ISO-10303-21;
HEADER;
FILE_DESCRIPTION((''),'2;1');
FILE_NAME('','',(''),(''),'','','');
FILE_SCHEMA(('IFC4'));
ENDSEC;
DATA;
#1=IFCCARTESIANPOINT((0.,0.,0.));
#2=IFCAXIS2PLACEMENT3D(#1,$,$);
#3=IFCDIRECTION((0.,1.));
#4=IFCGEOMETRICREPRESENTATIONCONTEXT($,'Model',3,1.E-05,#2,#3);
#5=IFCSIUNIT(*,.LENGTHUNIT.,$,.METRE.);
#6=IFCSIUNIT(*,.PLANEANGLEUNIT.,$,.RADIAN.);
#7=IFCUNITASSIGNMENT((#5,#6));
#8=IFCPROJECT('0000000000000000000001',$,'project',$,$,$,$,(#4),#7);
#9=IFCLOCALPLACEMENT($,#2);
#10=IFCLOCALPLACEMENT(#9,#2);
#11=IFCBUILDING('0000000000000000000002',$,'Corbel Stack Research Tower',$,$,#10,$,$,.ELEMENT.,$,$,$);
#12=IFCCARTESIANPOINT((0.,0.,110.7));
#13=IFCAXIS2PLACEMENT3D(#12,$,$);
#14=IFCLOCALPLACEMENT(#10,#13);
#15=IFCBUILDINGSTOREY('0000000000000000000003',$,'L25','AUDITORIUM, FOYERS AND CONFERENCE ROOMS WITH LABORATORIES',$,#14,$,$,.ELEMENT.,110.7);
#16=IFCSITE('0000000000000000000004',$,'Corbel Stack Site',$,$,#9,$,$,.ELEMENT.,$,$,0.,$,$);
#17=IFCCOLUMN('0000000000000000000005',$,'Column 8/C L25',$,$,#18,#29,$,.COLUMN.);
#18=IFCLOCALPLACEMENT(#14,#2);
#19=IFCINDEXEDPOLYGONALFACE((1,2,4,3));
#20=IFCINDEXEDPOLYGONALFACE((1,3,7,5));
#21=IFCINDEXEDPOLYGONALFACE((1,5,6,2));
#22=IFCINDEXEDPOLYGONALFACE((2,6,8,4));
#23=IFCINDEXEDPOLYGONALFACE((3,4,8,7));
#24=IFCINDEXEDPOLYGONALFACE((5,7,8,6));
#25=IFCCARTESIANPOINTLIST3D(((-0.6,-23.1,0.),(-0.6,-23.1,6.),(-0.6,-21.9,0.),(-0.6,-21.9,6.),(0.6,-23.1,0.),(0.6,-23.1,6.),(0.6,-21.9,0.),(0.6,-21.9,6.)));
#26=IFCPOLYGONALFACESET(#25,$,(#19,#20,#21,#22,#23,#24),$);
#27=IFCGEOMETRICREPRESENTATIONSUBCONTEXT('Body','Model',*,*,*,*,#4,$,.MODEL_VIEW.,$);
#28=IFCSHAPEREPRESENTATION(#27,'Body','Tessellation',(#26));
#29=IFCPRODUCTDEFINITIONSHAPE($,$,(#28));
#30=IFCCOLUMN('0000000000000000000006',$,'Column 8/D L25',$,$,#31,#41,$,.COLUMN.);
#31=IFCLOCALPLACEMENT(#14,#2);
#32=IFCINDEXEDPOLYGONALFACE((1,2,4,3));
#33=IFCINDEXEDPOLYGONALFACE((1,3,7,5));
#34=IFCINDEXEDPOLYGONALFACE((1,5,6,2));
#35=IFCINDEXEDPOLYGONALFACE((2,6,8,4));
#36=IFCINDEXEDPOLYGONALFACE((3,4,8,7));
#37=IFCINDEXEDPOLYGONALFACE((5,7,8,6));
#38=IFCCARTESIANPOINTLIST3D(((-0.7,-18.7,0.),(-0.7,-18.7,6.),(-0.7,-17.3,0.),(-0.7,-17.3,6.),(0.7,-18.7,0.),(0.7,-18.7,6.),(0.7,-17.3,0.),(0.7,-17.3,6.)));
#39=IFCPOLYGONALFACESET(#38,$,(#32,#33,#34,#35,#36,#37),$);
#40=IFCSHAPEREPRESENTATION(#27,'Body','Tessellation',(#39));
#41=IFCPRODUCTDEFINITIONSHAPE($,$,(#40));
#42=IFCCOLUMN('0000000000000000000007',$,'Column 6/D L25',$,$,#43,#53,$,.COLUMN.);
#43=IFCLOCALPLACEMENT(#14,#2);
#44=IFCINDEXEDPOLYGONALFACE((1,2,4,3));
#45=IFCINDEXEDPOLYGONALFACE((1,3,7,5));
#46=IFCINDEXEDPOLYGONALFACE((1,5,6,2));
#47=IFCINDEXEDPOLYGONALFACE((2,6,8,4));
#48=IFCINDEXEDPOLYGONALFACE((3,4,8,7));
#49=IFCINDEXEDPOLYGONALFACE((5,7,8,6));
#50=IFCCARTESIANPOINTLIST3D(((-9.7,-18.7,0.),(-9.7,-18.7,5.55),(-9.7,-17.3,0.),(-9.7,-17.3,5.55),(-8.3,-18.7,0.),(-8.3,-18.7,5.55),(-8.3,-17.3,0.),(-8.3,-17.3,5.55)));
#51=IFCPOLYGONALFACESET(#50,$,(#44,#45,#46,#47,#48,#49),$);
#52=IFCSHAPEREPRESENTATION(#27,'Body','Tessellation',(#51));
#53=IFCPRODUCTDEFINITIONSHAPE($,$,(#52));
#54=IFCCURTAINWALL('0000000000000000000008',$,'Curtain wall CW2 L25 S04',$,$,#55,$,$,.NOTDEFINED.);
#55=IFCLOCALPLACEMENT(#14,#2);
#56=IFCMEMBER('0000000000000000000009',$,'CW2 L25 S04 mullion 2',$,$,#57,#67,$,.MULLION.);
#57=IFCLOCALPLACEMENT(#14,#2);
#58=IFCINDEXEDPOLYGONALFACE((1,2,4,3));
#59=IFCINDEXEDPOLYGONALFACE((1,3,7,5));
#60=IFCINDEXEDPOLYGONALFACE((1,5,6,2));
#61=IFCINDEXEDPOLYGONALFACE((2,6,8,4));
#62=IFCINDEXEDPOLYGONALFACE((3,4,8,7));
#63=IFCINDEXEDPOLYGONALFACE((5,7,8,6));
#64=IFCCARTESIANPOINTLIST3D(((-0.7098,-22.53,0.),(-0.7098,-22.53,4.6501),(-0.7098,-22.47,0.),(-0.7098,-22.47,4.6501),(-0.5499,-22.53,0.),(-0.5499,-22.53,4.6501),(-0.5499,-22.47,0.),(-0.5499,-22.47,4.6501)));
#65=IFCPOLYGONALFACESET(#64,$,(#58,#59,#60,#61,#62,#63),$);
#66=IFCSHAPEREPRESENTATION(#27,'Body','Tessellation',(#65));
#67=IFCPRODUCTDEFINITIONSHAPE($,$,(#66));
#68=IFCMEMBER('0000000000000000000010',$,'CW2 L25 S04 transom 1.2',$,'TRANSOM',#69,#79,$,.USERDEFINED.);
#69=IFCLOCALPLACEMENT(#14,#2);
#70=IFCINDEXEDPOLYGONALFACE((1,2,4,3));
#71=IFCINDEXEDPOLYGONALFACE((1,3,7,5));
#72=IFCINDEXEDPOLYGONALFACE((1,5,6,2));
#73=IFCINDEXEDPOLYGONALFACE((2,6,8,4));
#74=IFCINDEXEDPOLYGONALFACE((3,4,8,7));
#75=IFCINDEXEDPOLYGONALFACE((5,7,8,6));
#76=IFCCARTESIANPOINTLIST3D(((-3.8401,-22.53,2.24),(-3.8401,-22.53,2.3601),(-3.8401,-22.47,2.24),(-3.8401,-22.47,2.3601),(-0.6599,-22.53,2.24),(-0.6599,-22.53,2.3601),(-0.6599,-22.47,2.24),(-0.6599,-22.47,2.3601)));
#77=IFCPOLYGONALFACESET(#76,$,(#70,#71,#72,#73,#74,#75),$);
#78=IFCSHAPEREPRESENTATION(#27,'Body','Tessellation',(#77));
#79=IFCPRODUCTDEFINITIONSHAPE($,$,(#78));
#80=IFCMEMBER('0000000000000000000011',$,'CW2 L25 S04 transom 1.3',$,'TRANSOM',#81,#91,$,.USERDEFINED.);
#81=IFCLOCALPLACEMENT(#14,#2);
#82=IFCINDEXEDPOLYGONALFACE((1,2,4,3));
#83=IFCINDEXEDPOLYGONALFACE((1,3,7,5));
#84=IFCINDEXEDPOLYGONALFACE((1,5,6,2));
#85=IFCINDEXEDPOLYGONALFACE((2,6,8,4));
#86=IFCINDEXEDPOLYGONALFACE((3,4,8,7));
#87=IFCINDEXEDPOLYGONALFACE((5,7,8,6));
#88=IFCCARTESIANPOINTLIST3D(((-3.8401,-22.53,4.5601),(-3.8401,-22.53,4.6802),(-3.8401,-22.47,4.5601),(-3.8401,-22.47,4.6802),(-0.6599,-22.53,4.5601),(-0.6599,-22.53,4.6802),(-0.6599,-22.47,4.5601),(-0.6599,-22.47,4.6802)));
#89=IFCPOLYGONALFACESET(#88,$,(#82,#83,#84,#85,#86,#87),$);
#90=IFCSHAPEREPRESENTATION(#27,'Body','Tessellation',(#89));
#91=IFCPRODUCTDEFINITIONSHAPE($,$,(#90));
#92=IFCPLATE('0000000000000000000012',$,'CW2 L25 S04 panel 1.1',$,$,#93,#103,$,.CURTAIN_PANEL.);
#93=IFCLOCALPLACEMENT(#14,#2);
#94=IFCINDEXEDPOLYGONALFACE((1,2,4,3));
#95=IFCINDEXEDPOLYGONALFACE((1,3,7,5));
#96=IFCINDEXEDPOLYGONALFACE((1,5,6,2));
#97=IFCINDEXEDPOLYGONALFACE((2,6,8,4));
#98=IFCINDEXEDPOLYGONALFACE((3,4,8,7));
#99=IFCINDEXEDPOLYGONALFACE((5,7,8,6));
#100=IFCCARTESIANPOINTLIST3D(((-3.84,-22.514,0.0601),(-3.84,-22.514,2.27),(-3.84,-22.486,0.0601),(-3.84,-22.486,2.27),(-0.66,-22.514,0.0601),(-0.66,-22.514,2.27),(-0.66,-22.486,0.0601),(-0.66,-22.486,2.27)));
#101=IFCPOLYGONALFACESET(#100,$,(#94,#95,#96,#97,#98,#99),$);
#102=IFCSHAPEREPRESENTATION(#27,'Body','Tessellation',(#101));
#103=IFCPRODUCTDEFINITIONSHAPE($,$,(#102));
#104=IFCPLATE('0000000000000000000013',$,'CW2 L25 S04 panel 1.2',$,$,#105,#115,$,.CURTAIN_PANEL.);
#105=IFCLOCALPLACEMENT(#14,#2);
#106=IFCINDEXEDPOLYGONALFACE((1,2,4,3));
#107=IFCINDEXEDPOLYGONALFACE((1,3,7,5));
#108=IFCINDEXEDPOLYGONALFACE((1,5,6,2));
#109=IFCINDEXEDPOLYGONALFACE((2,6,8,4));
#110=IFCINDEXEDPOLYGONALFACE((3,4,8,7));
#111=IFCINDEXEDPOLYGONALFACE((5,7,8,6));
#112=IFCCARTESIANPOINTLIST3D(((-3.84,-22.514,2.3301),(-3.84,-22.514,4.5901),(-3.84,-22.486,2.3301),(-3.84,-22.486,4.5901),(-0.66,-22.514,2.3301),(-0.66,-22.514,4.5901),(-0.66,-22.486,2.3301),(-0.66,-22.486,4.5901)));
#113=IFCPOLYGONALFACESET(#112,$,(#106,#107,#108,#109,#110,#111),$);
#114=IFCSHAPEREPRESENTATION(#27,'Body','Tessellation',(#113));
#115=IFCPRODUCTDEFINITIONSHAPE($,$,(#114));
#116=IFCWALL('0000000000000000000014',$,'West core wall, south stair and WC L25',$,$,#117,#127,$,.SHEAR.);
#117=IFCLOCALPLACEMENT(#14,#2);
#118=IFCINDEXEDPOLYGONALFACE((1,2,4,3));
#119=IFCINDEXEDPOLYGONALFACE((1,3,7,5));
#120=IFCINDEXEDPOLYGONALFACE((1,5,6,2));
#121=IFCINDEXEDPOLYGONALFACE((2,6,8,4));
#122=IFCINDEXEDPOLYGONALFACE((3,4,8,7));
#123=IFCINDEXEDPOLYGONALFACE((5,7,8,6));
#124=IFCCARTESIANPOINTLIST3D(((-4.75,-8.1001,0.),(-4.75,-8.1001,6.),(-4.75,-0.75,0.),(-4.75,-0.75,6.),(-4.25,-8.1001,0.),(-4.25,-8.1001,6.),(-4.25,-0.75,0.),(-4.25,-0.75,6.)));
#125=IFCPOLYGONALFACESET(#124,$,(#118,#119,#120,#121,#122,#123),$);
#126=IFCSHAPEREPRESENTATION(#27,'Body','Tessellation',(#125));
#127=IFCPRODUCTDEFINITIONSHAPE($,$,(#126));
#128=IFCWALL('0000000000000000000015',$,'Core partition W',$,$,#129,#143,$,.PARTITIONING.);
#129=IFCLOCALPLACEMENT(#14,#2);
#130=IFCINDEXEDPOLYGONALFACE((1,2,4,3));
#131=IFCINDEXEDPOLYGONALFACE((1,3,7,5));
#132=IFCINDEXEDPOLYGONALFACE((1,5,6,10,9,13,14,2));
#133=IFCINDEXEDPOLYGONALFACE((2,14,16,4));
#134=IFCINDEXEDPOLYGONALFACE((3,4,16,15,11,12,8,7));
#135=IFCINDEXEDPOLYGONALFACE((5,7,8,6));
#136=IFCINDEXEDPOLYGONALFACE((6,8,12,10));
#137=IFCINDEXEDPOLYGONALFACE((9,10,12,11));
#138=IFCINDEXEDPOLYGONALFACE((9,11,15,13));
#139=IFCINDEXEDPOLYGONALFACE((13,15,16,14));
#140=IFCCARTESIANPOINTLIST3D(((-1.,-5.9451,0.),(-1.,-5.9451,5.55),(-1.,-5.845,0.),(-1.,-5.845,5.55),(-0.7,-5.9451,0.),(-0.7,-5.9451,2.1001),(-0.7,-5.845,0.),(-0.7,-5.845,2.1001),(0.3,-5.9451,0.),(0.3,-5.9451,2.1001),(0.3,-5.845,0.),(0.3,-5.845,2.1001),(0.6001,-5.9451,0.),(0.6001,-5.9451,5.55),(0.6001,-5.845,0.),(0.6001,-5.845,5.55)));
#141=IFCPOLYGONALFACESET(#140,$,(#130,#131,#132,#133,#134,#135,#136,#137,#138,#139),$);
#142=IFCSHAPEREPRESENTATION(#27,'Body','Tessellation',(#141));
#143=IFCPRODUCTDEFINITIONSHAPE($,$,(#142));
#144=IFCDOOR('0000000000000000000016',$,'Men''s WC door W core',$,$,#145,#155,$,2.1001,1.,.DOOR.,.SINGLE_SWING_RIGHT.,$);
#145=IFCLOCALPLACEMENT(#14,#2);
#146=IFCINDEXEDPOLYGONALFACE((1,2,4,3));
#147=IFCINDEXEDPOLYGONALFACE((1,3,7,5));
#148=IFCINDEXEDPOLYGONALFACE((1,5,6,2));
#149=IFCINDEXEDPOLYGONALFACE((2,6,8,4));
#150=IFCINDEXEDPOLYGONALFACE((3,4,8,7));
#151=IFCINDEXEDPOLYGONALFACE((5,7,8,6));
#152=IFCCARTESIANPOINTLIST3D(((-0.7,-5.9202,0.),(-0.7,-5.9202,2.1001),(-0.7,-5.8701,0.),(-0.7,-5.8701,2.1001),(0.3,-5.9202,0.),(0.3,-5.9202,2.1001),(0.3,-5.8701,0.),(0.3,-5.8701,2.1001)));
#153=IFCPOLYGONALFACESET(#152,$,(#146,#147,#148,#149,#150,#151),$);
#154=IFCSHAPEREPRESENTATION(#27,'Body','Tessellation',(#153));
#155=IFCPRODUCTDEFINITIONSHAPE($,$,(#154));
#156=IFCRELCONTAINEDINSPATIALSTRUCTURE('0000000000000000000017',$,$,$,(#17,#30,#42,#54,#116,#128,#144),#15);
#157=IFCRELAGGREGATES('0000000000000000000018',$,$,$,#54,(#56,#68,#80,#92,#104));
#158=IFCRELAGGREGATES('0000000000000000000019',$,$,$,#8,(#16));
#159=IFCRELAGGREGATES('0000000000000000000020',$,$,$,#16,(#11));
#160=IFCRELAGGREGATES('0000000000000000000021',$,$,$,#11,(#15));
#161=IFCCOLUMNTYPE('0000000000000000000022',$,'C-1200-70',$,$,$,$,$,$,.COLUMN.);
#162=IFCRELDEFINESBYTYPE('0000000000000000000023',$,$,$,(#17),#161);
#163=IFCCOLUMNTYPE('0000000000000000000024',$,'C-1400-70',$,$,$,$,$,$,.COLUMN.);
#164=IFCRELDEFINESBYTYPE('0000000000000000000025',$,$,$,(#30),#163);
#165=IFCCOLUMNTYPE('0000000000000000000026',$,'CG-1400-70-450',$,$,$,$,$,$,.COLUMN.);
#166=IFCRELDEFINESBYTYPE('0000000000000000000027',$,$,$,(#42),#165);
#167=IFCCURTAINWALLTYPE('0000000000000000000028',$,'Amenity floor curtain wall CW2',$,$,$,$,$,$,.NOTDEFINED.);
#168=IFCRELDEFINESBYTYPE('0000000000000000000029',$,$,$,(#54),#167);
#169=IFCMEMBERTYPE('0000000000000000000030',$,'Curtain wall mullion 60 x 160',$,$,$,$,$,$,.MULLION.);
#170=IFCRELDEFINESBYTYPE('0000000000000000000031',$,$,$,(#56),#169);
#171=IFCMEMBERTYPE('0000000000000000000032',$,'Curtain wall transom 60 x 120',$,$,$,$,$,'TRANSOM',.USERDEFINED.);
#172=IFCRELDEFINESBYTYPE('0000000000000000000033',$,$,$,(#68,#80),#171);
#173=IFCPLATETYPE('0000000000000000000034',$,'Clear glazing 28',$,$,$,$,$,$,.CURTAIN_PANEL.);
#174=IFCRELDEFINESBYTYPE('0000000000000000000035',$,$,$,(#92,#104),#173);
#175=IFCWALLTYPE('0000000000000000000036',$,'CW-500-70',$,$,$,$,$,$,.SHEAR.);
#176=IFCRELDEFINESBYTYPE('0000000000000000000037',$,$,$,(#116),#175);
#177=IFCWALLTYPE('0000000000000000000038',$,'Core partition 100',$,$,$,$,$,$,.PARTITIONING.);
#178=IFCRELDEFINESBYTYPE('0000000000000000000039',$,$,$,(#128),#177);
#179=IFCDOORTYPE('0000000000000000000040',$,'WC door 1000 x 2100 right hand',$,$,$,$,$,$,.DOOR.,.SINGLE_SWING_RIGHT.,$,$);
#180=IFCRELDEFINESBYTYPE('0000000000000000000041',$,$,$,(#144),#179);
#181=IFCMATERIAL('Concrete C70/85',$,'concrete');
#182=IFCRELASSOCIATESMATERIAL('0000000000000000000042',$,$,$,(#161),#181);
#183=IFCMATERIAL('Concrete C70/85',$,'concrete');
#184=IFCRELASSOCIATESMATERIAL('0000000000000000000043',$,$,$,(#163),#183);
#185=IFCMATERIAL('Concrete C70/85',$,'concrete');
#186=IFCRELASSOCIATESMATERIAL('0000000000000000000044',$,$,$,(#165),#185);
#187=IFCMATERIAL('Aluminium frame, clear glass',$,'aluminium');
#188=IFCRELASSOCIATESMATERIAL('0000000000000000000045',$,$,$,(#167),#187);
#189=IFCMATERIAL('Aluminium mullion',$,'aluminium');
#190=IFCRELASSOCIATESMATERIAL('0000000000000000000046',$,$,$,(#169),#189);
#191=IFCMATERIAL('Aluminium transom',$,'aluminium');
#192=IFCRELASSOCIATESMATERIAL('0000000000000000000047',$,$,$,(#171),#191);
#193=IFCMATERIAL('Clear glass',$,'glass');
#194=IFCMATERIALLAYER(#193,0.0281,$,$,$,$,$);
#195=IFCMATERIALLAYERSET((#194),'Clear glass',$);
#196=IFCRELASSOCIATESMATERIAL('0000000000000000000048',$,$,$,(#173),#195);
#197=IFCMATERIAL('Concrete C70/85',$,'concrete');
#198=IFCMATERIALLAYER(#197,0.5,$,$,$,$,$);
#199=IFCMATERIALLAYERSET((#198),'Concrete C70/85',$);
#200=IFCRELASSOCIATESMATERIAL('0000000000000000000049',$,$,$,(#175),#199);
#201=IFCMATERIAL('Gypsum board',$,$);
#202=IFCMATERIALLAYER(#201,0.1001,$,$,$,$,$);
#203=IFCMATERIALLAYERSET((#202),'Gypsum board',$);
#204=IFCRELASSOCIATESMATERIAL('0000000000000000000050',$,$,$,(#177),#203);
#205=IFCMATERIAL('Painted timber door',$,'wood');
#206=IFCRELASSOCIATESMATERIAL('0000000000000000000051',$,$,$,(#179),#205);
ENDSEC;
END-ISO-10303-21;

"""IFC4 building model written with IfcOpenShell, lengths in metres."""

from ifc_helpers import new_model, si_unit, direction, frame, frame_2d, origin, origin_2d, place, context, subcontext, project, spatial, rectangle, extrude, material, layer, layer_set, material_profile, profile_set, type_object, element, fill, aggregate, save


model = new_model("IFC4")

# Units and contexts
model_context = context("Model", 3, precision=1e-05, world=origin(), true_north=direction((0.0, 1.0)))
body_context = subcontext(model_context, "Body", "Model", "MODEL_VIEW")
ifc_project = project(units=[si_unit("LENGTHUNIT", "METRE"), si_unit("PLANEANGLEUNIT", "RADIAN")], contexts=[model_context])

# Site, building, storey
site_placement = place(None, origin())
site = spatial("IfcSite", under=ifc_project, at=site_placement, Name="Corbel Stack Site", CompositionType="ELEMENT", RefElevation=0.0)
building_placement = place(site_placement, origin())
building = spatial("IfcBuilding", under=site, at=building_placement, Name="Corbel Stack Research Tower", CompositionType="ELEMENT")
storey_placement = place(building_placement, frame((0.0, 0.0, 110.7)))
storey = spatial("IfcBuildingStorey", under=building, at=storey_placement, Name="L25", Description="AUDITORIUM, FOYERS AND CONFERENCE ROOMS WITH LABORATORIES", CompositionType="ELEMENT", Elevation=110.7)

# Columns
ifc_material_1 = material(Name="Concrete C70/85", Category="concrete")
ifc_material_profile_1 = material_profile(ifc_material_1, rectangle(XDim=1.2, YDim=1.2, at=origin_2d()), Name="RC 1200 x 1200")
ifc_profile_set_1 = profile_set([ifc_material_profile_1], Name="Concrete C70/85")
column_type_1 = type_object("IfcColumnType", Name="C-1200-70", PredefinedType="COLUMN", material=ifc_profile_set_1)
column_1_placement = place(storey_placement, frame((0.0, -22.5, 0.0), z_axis=(0.0, 0.0, 1.0), x_axis=(1.0, 0.0, 0.0)))
element("IfcColumn", 1, at=column_1_placement, inside=storey, type_object=column_type_1, Name="Column 8/C L25", PredefinedType="COLUMN", context=body_context, shape_type="SweptSolid", body=[
    extrude(rectangle(XDim=1.2, YDim=1.2, at=origin_2d()), origin(), (0.0, 0.0, 1.0), 6.0),
])
ifc_material_2 = material(Name="Concrete C70/85", Category="concrete")
ifc_material_profile_2 = material_profile(ifc_material_2, rectangle(XDim=1.3999, YDim=1.3999, at=origin_2d()), Name="RC 1400 x 1400")
ifc_profile_set_2 = profile_set([ifc_material_profile_2], Name="Concrete C70/85")
column_type_2 = type_object("IfcColumnType", Name="C-1400-70", PredefinedType="COLUMN", material=ifc_profile_set_2)
column_2_placement = place(storey_placement, frame((0.0, -18.0, 0.0), z_axis=(0.0, 0.0, 1.0), x_axis=(1.0, 0.0, 0.0)))
element("IfcColumn", 2, at=column_2_placement, inside=storey, type_object=column_type_2, Name="Column 8/D L25", PredefinedType="COLUMN", context=body_context, shape_type="SweptSolid", body=[
    extrude(rectangle(XDim=1.3999, YDim=1.3999, at=origin_2d()), origin(), (0.0, 0.0, 1.0), 6.0),
])
ifc_material_3 = material(Name="Concrete C70/85", Category="concrete")
ifc_material_profile_3 = material_profile(ifc_material_3, rectangle(XDim=1.3999, YDim=1.3999, at=origin_2d()), Name="RC 1400 x 1400")
ifc_profile_set_3 = profile_set([ifc_material_profile_3], Name="Concrete C70/85")
column_type_3 = type_object("IfcColumnType", Name="CG-1400-70-450", PredefinedType="COLUMN", material=ifc_profile_set_3)
column_3_placement = place(storey_placement, frame((-9.0, -18.0, 0.0), z_axis=(0.0, 0.0, 1.0), x_axis=(1.0, 0.0, 0.0)))
element("IfcColumn", 3, at=column_3_placement, inside=storey, type_object=column_type_3, Name="Column 6/D L25", PredefinedType="COLUMN", context=body_context, shape_type="SweptSolid", body=[
    extrude(rectangle(XDim=1.3999, YDim=1.3999, at=origin_2d()), origin(), (0.0, 0.0, 1.0), 5.55),
])

# Curtain wall, members, plates
ifc_material_4 = material(Name="Aluminium frame, clear glass", Category="aluminium")
curtain_wall_type = type_object("IfcCurtainWallType", Name="Amenity floor curtain wall CW2", PredefinedType="NOTDEFINED", material=ifc_material_4)
curtain_wall_placement = place(storey_placement, origin())
curtain_wall = element("IfcCurtainWall", 4, at=curtain_wall_placement, inside=storey, type_object=curtain_wall_type, Name="Curtain wall CW2 L25 S04", PredefinedType="NOTDEFINED")
ifc_material_5 = material(Name="Aluminium mullion", Category="aluminium")
ifc_material_profile_4 = material_profile(ifc_material_5, rectangle(XDim=0.0601, YDim=0.1599, at=origin_2d()), Name="Mullion 60 x 160")
ifc_profile_set_4 = profile_set([ifc_material_profile_4], Name="Aluminium mullion")
member_type_1 = type_object("IfcMemberType", Name="Curtain wall mullion 60 x 160", PredefinedType="MULLION", material=ifc_profile_set_4)
member_1_placement = place(storey_placement, frame((-0.6299, -22.5, 0.0), z_axis=(0.0, 0.0, 1.0), x_axis=(0.0, 1.0, 0.0)))
member_1 = element("IfcMember", 5, at=member_1_placement, type_object=member_type_1, Name="CW2 L25 S04 mullion 2", PredefinedType="MULLION", context=body_context, shape_type="SweptSolid", body=[
    extrude(rectangle(XDim=0.0601, YDim=0.1599, at=origin_2d()), origin(), (0.0, 0.0, 1.0), 4.6501),
])
ifc_material_6 = material(Name="Aluminium transom", Category="aluminium")
ifc_material_profile_5 = material_profile(ifc_material_6, rectangle(XDim=0.0601, YDim=0.1201, at=origin_2d()), Name="Transom 60 x 120")
ifc_profile_set_5 = profile_set([ifc_material_profile_5], Name="Aluminium transom")
member_type_2 = type_object("IfcMemberType", Name="Curtain wall transom 60 x 120", ElementType="TRANSOM", PredefinedType="USERDEFINED", material=ifc_profile_set_5)
member_2_placement = place(storey_placement, frame((-3.8401, -22.5, 2.3), z_axis=(1.0, 0.0, 0.0), x_axis=(0.0, 1.0, 0.0)))
member_2 = element("IfcMember", 6, at=member_2_placement, type_object=member_type_2, Name="CW2 L25 S04 transom 1.2", ObjectType="TRANSOM", PredefinedType="USERDEFINED", context=body_context, shape_type="SweptSolid", body=[
    extrude(rectangle(XDim=0.0601, YDim=0.1201, at=origin_2d()), origin(), (0.0, 0.0, 1.0), 3.1802),
])
member_3_placement = place(storey_placement, frame((-3.8401, -22.5, 4.6201), z_axis=(1.0, 0.0, 0.0), x_axis=(0.0, 1.0, 0.0)))
member_3 = element("IfcMember", 7, at=member_3_placement, type_object=member_type_2, Name="CW2 L25 S04 transom 1.3", ObjectType="TRANSOM", PredefinedType="USERDEFINED", context=body_context, shape_type="SweptSolid", body=[
    extrude(rectangle(XDim=0.0601, YDim=0.1201, at=origin_2d()), origin(), (0.0, 0.0, 1.0), 3.1802),
])
ifc_material_7 = material(Name="Clear glass", Category="glass")
ifc_layer_1 = layer(ifc_material_7, 0.0281)
ifc_layer_set_1 = layer_set([ifc_layer_1], Name="Clear glass")
plate_type = type_object("IfcPlateType", Name="Clear glazing 28", PredefinedType="CURTAIN_PANEL", material=ifc_layer_set_1)
plate_1_placement = place(storey_placement, frame((-2.25, -22.5, 0.0601), z_axis=(0.0, 0.0, 1.0), x_axis=(1.0, 0.0, 0.0)))
plate_1 = element("IfcPlate", 8, at=plate_1_placement, type_object=plate_type, Name="CW2 L25 S04 panel 1.1", PredefinedType="CURTAIN_PANEL", context=body_context, shape_type="SweptSolid", body=[
    extrude(rectangle(XDim=3.1799, YDim=0.0281, at=origin_2d()), origin(), (0.0, 0.0, 1.0), 2.21),
])
plate_2_placement = place(storey_placement, frame((-2.25, -22.5, 2.3301), z_axis=(0.0, 0.0, 1.0), x_axis=(1.0, 0.0, 0.0)))
plate_2 = element("IfcPlate", 9, at=plate_2_placement, type_object=plate_type, Name="CW2 L25 S04 panel 1.2", PredefinedType="CURTAIN_PANEL", context=body_context, shape_type="SweptSolid", body=[
    extrude(rectangle(XDim=3.1799, YDim=0.0281, at=origin_2d()), origin(), (0.0, 0.0, 1.0), 2.26),
])
aggregate(curtain_wall, [member_1, member_2, member_3, plate_1, plate_2])

# Wall
ifc_material_8 = material(Name="Concrete C70/85", Category="concrete")
ifc_layer_2 = layer(ifc_material_8, 0.5)
ifc_layer_set_2 = layer_set([ifc_layer_2], Name="Concrete C70/85")
wall_type_1 = type_object("IfcWallType", Name="CW-500-70", PredefinedType="SHEAR", material=ifc_layer_set_2)
wall_1_placement = place(storey_placement, frame((-4.5, -8.1001, 0.0), z_axis=(0.0, 0.0, 1.0), x_axis=(0.0, 1.0, 0.0)))
element("IfcWall", 10, at=wall_1_placement, inside=storey, type_object=wall_type_1, Name="West core wall, south stair and WC L25", PredefinedType="SHEAR", context=body_context, shape_type="SweptSolid", body=[
    extrude(rectangle(XDim=7.3501, YDim=0.5, at=frame_2d((3.675, 0.0))), origin(), (0.0, 0.0, 1.0), 6.0),
])

# Wall, opening, door
ifc_material_9 = material(Name="Gypsum board")
ifc_layer_3 = layer(ifc_material_9, 0.1001)
ifc_layer_set_3 = layer_set([ifc_layer_3], Name="Gypsum board")
wall_type_2 = type_object("IfcWallType", Name="Core partition 100", PredefinedType="PARTITIONING", material=ifc_layer_set_3)
wall_2_placement = place(storey_placement, frame((-1.0, -5.895, 0.0), z_axis=(0.0, 0.0, 1.0), x_axis=(1.0, 0.0, 0.0)))
wall_2 = element("IfcWall", 11, at=wall_2_placement, inside=storey, type_object=wall_type_2, Name="Core partition W", PredefinedType="PARTITIONING", context=body_context, shape_type="SweptSolid", body=[
    extrude(rectangle(XDim=1.6001, YDim=0.1001, at=frame_2d((0.8, 0.0))), origin(), (0.0, 0.0, 1.0), 5.55),
])
opening_1_placement = place(wall_2_placement, frame((0.3, 0.0, 0.0)))
opening_1 = element("IfcOpeningElement", 12, at=opening_1_placement, cuts=wall_2, PredefinedType="OPENING", context=body_context, shape_type="SweptSolid", body=[
    extrude(rectangle(XDim=1.0, YDim=2.1001, at=frame_2d((0.5, 1.05))), frame((0.0, 0.0601, 0.0), z_axis=(0.0, -1.0, 0.0), x_axis=(1.0, 0.0, 0.0)), (0.0, 0.0, 1.0), 0.1201),
])
ifc_material_10 = material(Name="Painted timber door", Category="wood")
door_type = type_object("IfcDoorType", Name="WC door 1000 x 2100 right hand", OperationType="SINGLE_SWING_RIGHT", PredefinedType="DOOR", material=ifc_material_10)
door_1_placement = place(opening_1_placement, origin())
door_1 = element("IfcDoor", 13, at=door_1_placement, inside=storey, type_object=door_type, Name="Men's WC door W core", OperationType="SINGLE_SWING_RIGHT", OverallHeight=2.1001, OverallWidth=1.0, PredefinedType="DOOR", context=body_context, shape_type="SweptSolid", body=[
    extrude(rectangle(XDim=1.0, YDim=2.1001, at=frame_2d((0.5, 1.05))), frame((0.0, 0.0249, 0.0), z_axis=(0.0, -1.0, 0.0), x_axis=(1.0, 0.0, 0.0)), (0.0, 0.0, 1.0), 0.05),
])
fill(opening_1, door_1)

save(model, "model.ifc")
